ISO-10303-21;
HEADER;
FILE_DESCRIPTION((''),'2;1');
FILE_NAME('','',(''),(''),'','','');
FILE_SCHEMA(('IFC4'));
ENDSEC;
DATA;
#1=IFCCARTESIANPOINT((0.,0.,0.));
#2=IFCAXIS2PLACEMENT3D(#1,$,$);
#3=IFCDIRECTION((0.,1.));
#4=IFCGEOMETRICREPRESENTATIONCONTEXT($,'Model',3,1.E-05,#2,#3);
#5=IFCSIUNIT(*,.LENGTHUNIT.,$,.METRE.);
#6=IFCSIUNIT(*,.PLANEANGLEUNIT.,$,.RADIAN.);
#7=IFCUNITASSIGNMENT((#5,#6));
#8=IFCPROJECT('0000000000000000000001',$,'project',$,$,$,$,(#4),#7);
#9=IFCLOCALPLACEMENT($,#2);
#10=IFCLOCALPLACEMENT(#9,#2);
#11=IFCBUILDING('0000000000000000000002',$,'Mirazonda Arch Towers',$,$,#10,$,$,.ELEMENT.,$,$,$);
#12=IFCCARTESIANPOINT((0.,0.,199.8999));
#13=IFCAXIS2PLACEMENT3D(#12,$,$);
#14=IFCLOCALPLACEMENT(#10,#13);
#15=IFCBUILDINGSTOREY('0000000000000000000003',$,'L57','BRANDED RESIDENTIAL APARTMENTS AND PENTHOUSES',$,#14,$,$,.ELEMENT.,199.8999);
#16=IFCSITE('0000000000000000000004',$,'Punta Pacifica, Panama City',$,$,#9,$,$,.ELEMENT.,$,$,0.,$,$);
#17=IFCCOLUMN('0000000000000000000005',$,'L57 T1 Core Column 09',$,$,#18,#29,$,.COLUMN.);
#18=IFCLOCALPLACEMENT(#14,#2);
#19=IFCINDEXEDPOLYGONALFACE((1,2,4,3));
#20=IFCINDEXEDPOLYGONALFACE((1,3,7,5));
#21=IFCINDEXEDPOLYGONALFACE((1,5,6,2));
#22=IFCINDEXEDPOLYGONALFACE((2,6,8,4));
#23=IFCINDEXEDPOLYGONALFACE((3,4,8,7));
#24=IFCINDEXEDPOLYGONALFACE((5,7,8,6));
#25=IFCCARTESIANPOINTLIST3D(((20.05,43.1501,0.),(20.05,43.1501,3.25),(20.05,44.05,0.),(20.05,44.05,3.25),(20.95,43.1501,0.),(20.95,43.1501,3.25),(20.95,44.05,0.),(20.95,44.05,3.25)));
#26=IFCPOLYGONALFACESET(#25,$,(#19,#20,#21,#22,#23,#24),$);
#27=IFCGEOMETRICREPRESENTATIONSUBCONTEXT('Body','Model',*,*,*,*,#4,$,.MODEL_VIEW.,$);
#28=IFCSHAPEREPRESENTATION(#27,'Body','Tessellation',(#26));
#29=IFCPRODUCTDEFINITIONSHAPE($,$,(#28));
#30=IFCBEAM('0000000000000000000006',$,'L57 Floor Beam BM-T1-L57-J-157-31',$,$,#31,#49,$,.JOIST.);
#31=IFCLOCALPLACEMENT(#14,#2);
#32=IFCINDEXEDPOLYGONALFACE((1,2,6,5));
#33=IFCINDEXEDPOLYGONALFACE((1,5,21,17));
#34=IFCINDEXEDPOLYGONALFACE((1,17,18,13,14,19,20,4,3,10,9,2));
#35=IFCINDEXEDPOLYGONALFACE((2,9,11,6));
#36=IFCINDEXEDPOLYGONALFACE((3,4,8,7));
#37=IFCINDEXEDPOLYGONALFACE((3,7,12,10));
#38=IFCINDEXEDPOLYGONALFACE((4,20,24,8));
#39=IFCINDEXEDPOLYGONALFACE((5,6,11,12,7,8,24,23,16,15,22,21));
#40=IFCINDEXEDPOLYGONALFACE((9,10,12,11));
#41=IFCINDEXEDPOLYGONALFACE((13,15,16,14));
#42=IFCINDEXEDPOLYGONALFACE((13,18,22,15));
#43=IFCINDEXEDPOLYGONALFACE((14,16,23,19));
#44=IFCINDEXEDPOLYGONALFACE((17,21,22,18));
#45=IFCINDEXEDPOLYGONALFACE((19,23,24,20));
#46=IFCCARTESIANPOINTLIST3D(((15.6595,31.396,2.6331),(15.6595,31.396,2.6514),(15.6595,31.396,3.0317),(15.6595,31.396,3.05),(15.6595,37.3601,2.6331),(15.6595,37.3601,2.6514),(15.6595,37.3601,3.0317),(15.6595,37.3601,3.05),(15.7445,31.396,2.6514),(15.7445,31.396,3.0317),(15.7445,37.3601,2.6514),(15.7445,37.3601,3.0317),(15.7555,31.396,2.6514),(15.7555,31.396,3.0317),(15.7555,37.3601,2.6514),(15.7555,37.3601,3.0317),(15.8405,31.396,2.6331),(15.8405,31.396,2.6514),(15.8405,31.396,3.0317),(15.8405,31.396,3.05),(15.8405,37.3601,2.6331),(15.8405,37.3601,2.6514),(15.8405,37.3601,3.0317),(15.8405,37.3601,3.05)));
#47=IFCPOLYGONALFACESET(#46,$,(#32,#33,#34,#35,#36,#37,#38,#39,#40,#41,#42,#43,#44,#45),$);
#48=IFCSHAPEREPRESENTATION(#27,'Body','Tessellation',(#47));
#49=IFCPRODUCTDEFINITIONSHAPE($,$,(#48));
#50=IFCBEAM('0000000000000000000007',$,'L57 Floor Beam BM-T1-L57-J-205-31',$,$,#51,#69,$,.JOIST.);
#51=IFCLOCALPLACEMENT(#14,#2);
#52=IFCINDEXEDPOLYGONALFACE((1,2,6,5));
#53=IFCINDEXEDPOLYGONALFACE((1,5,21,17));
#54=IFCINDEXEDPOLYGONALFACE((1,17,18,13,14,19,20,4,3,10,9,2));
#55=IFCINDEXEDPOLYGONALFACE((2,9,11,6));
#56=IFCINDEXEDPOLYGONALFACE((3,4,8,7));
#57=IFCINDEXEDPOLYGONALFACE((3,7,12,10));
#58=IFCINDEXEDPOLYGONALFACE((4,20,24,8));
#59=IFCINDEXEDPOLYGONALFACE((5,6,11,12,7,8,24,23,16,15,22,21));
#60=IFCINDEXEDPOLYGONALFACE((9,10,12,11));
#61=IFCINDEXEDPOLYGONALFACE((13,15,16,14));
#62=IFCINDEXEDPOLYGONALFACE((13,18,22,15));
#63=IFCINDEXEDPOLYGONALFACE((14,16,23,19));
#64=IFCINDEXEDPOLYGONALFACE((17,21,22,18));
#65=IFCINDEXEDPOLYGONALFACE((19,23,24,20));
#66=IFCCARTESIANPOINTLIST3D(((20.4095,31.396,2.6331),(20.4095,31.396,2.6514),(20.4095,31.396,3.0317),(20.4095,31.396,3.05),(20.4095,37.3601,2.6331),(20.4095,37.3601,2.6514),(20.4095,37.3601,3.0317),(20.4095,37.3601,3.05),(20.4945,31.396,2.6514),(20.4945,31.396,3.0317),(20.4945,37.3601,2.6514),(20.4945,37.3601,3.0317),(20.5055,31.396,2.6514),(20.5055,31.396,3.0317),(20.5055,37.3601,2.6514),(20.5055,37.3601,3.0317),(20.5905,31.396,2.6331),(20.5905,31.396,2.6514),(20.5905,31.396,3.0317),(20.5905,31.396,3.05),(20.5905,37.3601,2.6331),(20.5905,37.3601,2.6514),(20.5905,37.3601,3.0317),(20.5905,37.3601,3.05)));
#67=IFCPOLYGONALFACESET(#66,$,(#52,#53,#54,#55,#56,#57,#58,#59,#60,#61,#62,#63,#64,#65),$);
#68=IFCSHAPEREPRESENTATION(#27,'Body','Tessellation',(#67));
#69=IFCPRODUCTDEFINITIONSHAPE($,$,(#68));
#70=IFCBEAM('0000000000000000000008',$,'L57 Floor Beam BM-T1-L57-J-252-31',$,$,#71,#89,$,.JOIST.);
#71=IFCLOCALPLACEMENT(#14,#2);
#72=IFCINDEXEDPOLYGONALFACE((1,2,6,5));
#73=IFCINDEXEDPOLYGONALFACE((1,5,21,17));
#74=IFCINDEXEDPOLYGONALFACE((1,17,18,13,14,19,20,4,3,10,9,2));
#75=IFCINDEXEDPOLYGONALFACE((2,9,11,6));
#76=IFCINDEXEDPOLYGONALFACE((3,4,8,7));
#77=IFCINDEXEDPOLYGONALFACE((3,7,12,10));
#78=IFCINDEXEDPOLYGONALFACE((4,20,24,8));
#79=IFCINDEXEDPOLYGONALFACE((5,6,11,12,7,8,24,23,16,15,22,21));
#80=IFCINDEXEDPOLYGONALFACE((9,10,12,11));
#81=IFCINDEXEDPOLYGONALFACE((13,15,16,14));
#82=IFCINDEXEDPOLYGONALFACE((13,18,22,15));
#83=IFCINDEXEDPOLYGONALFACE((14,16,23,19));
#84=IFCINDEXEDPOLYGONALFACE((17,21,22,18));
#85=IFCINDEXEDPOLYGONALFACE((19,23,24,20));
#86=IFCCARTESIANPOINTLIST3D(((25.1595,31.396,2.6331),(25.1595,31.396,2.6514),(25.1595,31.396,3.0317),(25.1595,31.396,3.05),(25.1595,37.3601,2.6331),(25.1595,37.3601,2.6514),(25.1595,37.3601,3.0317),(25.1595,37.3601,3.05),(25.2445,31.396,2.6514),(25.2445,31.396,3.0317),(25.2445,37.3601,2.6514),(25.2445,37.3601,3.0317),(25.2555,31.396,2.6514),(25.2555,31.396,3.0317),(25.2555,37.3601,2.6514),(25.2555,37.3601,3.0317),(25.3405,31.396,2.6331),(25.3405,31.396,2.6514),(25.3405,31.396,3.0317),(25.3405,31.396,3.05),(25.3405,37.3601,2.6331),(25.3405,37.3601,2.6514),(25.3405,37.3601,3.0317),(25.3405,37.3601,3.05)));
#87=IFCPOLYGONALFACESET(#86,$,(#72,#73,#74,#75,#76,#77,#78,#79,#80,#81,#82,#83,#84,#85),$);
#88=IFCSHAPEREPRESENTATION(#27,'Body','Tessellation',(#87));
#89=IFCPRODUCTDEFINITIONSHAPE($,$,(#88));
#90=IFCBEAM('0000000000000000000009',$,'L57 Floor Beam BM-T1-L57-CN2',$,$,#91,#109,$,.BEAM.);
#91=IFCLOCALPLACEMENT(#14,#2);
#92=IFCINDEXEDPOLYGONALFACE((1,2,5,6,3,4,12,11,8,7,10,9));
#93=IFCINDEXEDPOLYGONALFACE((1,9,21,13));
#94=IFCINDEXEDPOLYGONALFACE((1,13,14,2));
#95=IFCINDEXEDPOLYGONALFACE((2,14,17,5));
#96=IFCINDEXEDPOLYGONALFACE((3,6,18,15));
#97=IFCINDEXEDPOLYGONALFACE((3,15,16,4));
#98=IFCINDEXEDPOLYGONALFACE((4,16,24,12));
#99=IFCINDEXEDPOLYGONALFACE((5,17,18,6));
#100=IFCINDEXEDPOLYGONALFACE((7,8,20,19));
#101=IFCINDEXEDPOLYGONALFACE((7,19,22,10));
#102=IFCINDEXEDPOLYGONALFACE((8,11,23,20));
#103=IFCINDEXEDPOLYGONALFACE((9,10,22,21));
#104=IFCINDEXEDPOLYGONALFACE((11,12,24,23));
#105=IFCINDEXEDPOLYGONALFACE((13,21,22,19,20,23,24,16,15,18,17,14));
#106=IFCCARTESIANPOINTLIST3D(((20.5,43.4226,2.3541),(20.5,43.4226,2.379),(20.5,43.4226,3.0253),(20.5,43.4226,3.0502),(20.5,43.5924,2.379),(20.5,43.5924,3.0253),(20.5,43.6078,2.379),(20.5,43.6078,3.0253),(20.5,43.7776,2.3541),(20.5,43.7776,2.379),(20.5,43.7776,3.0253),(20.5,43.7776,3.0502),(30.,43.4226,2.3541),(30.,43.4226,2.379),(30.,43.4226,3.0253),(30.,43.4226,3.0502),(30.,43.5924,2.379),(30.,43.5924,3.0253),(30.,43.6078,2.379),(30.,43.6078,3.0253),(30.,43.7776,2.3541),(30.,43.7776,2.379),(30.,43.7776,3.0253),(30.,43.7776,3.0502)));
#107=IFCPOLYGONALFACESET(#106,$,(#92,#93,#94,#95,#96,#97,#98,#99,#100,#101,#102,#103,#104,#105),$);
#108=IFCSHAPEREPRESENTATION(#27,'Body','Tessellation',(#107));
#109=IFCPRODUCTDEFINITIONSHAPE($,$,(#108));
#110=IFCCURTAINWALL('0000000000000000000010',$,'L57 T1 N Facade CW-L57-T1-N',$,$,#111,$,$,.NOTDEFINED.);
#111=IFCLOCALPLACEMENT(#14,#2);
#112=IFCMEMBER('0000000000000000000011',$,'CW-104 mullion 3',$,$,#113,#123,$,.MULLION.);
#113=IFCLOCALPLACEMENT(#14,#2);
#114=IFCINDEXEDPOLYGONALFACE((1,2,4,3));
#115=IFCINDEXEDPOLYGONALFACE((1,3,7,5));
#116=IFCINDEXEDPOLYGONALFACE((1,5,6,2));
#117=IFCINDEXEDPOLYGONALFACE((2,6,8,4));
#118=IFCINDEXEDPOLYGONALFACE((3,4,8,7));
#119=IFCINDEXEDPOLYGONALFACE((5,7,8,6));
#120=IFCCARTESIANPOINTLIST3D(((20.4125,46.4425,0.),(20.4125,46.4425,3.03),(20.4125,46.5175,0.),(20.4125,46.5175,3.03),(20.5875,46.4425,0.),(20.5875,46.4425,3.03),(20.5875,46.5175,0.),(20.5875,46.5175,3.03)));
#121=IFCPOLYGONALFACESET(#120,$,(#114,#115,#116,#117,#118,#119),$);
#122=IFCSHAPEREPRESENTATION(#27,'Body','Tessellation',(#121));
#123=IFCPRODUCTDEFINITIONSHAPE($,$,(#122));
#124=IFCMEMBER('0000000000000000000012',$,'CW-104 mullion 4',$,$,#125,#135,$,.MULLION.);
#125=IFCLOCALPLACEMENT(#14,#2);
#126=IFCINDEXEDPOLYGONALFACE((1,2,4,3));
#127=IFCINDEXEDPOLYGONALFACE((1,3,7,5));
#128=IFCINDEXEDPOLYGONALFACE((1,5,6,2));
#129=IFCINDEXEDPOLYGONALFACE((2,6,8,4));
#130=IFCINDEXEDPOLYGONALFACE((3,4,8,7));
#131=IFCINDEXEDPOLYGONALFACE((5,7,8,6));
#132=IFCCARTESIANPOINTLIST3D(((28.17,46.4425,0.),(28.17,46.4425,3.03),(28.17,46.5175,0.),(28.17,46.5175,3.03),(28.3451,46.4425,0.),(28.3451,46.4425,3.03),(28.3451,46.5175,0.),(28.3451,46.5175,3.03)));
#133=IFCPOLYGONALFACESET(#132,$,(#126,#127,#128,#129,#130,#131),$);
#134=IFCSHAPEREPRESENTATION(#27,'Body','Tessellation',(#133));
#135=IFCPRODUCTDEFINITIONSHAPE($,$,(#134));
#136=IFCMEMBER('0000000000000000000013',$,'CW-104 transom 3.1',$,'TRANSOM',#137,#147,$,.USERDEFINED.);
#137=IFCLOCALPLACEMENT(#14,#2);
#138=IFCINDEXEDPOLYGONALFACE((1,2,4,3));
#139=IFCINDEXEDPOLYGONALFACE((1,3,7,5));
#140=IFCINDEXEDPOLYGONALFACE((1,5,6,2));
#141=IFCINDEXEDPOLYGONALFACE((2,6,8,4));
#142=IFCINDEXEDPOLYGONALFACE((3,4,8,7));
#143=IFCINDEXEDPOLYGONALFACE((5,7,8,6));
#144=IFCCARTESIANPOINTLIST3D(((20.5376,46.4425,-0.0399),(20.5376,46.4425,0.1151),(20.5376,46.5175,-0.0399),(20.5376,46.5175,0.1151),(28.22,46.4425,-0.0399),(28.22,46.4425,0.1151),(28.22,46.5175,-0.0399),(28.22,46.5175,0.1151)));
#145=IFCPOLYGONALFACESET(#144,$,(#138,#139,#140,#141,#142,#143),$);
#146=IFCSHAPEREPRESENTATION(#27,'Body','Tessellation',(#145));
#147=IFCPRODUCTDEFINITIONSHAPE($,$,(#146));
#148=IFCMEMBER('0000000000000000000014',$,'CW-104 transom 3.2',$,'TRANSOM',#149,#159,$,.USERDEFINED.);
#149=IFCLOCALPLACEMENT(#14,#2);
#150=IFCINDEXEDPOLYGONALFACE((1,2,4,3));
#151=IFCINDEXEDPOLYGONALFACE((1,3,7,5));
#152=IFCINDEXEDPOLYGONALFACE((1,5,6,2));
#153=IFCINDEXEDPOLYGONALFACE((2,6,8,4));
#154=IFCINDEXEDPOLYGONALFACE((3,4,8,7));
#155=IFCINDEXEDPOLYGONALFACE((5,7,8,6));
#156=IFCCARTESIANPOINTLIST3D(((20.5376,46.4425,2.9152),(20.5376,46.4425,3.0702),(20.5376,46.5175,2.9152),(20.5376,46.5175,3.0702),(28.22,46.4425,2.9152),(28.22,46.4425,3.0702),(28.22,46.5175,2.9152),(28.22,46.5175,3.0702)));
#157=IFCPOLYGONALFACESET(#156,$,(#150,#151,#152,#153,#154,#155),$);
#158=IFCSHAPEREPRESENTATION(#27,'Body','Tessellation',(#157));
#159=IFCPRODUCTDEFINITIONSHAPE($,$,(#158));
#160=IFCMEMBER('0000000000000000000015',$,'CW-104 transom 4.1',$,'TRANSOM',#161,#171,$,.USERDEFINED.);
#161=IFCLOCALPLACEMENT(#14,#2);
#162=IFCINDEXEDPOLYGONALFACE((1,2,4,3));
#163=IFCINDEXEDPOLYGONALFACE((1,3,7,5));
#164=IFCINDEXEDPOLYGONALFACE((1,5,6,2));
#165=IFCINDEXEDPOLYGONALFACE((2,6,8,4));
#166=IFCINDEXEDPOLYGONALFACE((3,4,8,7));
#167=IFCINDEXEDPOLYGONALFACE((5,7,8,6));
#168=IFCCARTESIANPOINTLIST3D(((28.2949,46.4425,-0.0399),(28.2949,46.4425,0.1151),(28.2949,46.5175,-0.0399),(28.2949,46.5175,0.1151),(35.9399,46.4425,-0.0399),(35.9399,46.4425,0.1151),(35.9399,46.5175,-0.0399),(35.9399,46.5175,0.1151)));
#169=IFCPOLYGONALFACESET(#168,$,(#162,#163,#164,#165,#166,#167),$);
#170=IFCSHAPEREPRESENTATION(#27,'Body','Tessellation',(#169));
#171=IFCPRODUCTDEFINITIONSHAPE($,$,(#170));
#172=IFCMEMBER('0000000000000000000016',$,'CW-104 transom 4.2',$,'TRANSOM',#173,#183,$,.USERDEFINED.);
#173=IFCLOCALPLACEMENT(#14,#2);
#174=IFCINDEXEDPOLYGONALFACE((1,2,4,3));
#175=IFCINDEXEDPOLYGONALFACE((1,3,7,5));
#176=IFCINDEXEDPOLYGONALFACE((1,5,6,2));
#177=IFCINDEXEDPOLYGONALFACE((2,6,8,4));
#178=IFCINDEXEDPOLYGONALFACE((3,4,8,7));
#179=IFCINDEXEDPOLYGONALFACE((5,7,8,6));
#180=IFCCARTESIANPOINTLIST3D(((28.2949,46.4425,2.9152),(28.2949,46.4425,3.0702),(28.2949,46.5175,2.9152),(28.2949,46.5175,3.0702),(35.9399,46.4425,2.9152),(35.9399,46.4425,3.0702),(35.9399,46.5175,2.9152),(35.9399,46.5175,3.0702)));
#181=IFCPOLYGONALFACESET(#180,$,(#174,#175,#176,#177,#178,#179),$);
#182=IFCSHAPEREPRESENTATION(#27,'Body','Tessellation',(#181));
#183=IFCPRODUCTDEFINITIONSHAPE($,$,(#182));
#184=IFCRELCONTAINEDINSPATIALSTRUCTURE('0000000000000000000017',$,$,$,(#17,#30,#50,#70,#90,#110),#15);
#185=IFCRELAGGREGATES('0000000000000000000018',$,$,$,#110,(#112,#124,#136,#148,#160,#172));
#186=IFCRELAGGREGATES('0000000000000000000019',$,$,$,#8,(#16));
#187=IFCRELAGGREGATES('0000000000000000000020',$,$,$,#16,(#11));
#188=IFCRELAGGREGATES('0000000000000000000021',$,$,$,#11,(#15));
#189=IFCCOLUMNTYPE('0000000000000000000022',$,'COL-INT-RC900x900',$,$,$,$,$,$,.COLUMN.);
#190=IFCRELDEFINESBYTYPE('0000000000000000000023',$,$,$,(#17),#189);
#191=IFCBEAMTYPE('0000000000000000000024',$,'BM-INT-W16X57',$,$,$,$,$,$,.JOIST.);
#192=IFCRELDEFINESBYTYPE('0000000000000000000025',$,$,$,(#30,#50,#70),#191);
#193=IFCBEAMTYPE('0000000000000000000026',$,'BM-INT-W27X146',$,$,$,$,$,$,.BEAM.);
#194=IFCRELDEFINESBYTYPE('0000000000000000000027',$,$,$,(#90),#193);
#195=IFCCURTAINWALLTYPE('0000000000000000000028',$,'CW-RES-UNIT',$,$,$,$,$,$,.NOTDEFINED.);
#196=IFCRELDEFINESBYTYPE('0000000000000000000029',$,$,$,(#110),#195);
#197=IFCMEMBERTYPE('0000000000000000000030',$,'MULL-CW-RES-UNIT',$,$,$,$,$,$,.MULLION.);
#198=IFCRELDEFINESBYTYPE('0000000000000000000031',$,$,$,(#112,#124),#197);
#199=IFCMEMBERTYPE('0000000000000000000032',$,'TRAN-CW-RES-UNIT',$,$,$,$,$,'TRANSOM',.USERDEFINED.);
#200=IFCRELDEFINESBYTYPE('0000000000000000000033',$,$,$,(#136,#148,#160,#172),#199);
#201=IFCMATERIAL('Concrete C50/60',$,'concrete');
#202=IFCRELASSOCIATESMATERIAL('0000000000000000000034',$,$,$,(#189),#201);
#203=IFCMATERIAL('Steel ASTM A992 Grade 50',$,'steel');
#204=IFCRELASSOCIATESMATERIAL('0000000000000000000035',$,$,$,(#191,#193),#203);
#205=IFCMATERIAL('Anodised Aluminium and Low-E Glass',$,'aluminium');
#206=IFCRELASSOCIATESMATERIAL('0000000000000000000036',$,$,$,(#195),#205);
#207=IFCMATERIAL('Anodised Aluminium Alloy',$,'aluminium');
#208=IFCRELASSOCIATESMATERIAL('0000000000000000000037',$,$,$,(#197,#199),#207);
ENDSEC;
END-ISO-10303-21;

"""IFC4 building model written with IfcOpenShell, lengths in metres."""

from ifc_helpers import new_model, si_unit, direction, frame, origin, origin_2d, place, context, subcontext, project, spatial, rectangle, i_section, extrude, material, material_profile, profile_set, type_object, element, aggregate, save


model = new_model("IFC4")

# Units and contexts
model_context = context("Model", 3, precision=1e-05, world=origin(), true_north=direction((0.0, 1.0)))
body_context = subcontext(model_context, "Body", "Model", "MODEL_VIEW")
ifc_project = project(units=[si_unit("LENGTHUNIT", "METRE"), si_unit("PLANEANGLEUNIT", "RADIAN")], contexts=[model_context])

# Site, building, storey
site_placement = place(None, origin())
site = spatial("IfcSite", under=ifc_project, at=site_placement, Name="Punta Pacifica, Panama City", CompositionType="ELEMENT", RefElevation=0.0)
building_placement = place(site_placement, origin())
building = spatial("IfcBuilding", under=site, at=building_placement, Name="Mirazonda Arch Towers", CompositionType="ELEMENT")
storey_placement = place(building_placement, frame((0.0, 0.0, 199.8999)))
storey = spatial("IfcBuildingStorey", under=building, at=storey_placement, Name="L57", Description="BRANDED RESIDENTIAL APARTMENTS AND PENTHOUSES", CompositionType="ELEMENT", Elevation=199.8999)

# Column
ifc_material_1 = material(Name="Concrete C50/60", Category="concrete")
ifc_material_profile_1 = material_profile(ifc_material_1, rectangle(XDim=0.8999, YDim=0.8999, at=origin_2d()), Name="RC900x900")
ifc_profile_set_1 = profile_set([ifc_material_profile_1], Name="Concrete C50/60")
column_type = type_object("IfcColumnType", Name="COL-INT-RC900x900", PredefinedType="COLUMN", material=ifc_profile_set_1)
column_placement = place(storey_placement, frame((20.5, 43.6001, 0.0), z_axis=(0.0, 0.0, 1.0), x_axis=(1.0, 0.0, 0.0)))
element("IfcColumn", 1, at=column_placement, inside=storey, type_object=column_type, Name="L57 T1 Core Column 09", PredefinedType="COLUMN", context=body_context, shape_type="SweptSolid", body=[
    extrude(rectangle(XDim=0.8999, YDim=0.8999, at=origin_2d()), origin(), (0.0, 0.0, 1.0), 3.25),
])

# Beams
ifc_material_2 = material(Name="Steel ASTM A992 Grade 50", Category="steel")
ifc_material_profile_2 = material_profile(ifc_material_2, i_section(OverallWidth=0.1809, OverallDepth=0.417, WebThickness=0.011, FlangeThickness=0.0183, at=origin_2d()), Name="W16X57")
ifc_profile_set_2 = profile_set([ifc_material_profile_2], Name="Steel ASTM A992 Grade 50")
beam_type_1 = type_object("IfcBeamType", Name="BM-INT-W16X57", PredefinedType="JOIST", material=ifc_profile_set_2)
for number, where, z_axis, x_axis, name in (
    (2, (15.75, 31.396, 2.8416), (0.0, 1.0, 0.0), (-1.0, 0.0, 0.0), "L57 Floor Beam BM-T1-L57-J-157-31"),
    (3, (20.5, 31.396, 2.8416), (0.0, 1.0, 0.0), (-1.0, 0.0, 0.0), "L57 Floor Beam BM-T1-L57-J-205-31"),
    (4, (25.25, 31.396, 2.8416), (0.0, 1.0, 0.0), (-1.0, 0.0, 0.0), "L57 Floor Beam BM-T1-L57-J-252-31"),
):
    element("IfcBeam", number, at=place(storey_placement, frame(where, z_axis=z_axis, x_axis=x_axis)), inside=storey, type_object=beam_type_1, Name=name, PredefinedType="JOIST", context=body_context, shape_type="SweptSolid", body=[
        extrude(i_section(OverallWidth=0.1809, OverallDepth=0.417, WebThickness=0.011, FlangeThickness=0.0183, at=origin_2d()), origin(), (0.0, 0.0, 1.0), 5.9641),
    ])
ifc_material_profile_3 = material_profile(ifc_material_2, i_section(OverallWidth=0.355, OverallDepth=0.696, WebThickness=0.0154, FlangeThickness=0.0249, at=origin_2d()), Name="W27X146")
ifc_profile_set_3 = profile_set([ifc_material_profile_3], Name="Steel ASTM A992 Grade 50")
beam_type_2 = type_object("IfcBeamType", Name="BM-INT-W27X146", PredefinedType="BEAM", material=ifc_profile_set_3)
beam_placement = place(storey_placement, frame((20.5, 43.6001, 2.7021), z_axis=(1.0, 0.0, 0.0), x_axis=(0.0, 1.0, 0.0)))
element("IfcBeam", 5, at=beam_placement, inside=storey, type_object=beam_type_2, Name="L57 Floor Beam BM-T1-L57-CN2", PredefinedType="BEAM", context=body_context, shape_type="SweptSolid", body=[
    extrude(i_section(OverallWidth=0.355, OverallDepth=0.696, WebThickness=0.0154, FlangeThickness=0.0249, at=origin_2d()), origin(), (0.0, 0.0, 1.0), 9.5),
])

# Curtain wall, members
ifc_material_3 = material(Name="Anodised Aluminium and Low-E Glass", Category="aluminium")
curtain_wall_type = type_object("IfcCurtainWallType", Name="CW-RES-UNIT", PredefinedType="NOTDEFINED", material=ifc_material_3)
curtain_wall_placement = place(storey_placement, origin())
curtain_wall = element("IfcCurtainWall", 6, at=curtain_wall_placement, inside=storey, type_object=curtain_wall_type, Name="L57 T1 N Facade CW-L57-T1-N", PredefinedType="NOTDEFINED")
ifc_material_4 = material(Name="Anodised Aluminium Alloy", Category="aluminium")
ifc_material_profile_4 = material_profile(ifc_material_4, rectangle(XDim=0.075, YDim=0.175, at=origin_2d()), Name="ALU-MULL-75x175")
ifc_profile_set_4 = profile_set([ifc_material_profile_4], Name="Anodised Aluminium Alloy")
member_type_1 = type_object("IfcMemberType", Name="MULL-CW-RES-UNIT", PredefinedType="MULLION", material=ifc_profile_set_4)
member_1_placement = place(storey_placement, frame((20.5, 46.48, 0.0), z_axis=(0.0, 0.0, 1.0), x_axis=(0.0, 1.0, 0.0)))
member_1 = element("IfcMember", 7, at=member_1_placement, type_object=member_type_1, Name="CW-104 mullion 3", PredefinedType="MULLION", context=body_context, shape_type="SweptSolid", body=[
    extrude(rectangle(XDim=0.075, YDim=0.175, at=origin_2d()), origin(), (0.0, 0.0, 1.0), 3.03),
])
member_2_placement = place(storey_placement, frame((28.2576, 46.48, 0.0), z_axis=(0.0, 0.0, 1.0), x_axis=(0.0, 1.0, 0.0)))
member_2 = element("IfcMember", 8, at=member_2_placement, type_object=member_type_1, Name="CW-104 mullion 4", PredefinedType="MULLION", context=body_context, shape_type="SweptSolid", body=[
    extrude(rectangle(XDim=0.075, YDim=0.175, at=origin_2d()), origin(), (0.0, 0.0, 1.0), 3.03),
])
ifc_material_profile_5 = material_profile(ifc_material_4, rectangle(XDim=0.075, YDim=0.155, at=origin_2d()), Name="ALU-TRAN-75x155")
ifc_profile_set_5 = profile_set([ifc_material_profile_5], Name="Anodised Aluminium Alloy")
member_type_2 = type_object("IfcMemberType", Name="TRAN-CW-RES-UNIT", ElementType="TRANSOM", PredefinedType="USERDEFINED", material=ifc_profile_set_5)
member_3_placement = place(storey_placement, frame((20.5376, 46.48, 0.0376), z_axis=(1.0, 0.0, 0.0), x_axis=(0.0, 1.0, 0.0)))
member_3 = element("IfcMember", 9, at=member_3_placement, type_object=member_type_2, Name="CW-104 transom 3.1", ObjectType="TRANSOM", PredefinedType="USERDEFINED", context=body_context, shape_type="SweptSolid", body=[
    extrude(rectangle(XDim=0.075, YDim=0.155, at=origin_2d()), origin(), (0.0, 0.0, 1.0), 7.6824),
])
member_4_placement = place(storey_placement, frame((20.5376, 46.48, 2.9927), z_axis=(1.0, 0.0, 0.0), x_axis=(0.0, 1.0, 0.0)))
member_4 = element("IfcMember", 10, at=member_4_placement, type_object=member_type_2, Name="CW-104 transom 3.2", ObjectType="TRANSOM", PredefinedType="USERDEFINED", context=body_context, shape_type="SweptSolid", body=[
    extrude(rectangle(XDim=0.075, YDim=0.155, at=origin_2d()), origin(), (0.0, 0.0, 1.0), 7.6824),
])
member_5_placement = place(storey_placement, frame((28.2949, 46.48, 0.0376), z_axis=(1.0, 0.0, 0.0), x_axis=(0.0, 1.0, 0.0)))
member_5 = element("IfcMember", 11, at=member_5_placement, type_object=member_type_2, Name="CW-104 transom 4.1", ObjectType="TRANSOM", PredefinedType="USERDEFINED", context=body_context, shape_type="SweptSolid", body=[
    extrude(rectangle(XDim=0.075, YDim=0.155, at=origin_2d()), origin(), (0.0, 0.0, 1.0), 7.645),
])
member_6_placement = place(storey_placement, frame((28.2949, 46.48, 2.9927), z_axis=(1.0, 0.0, 0.0), x_axis=(0.0, 1.0, 0.0)))
member_6 = element("IfcMember", 12, at=member_6_placement, type_object=member_type_2, Name="CW-104 transom 4.2", ObjectType="TRANSOM", PredefinedType="USERDEFINED", context=body_context, shape_type="SweptSolid", body=[
    extrude(rectangle(XDim=0.075, YDim=0.155, at=origin_2d()), origin(), (0.0, 0.0, 1.0), 7.645),
])
aggregate(curtain_wall, [member_1, member_2, member_3, member_4, member_5, member_6])

save(model, "model.ifc")
